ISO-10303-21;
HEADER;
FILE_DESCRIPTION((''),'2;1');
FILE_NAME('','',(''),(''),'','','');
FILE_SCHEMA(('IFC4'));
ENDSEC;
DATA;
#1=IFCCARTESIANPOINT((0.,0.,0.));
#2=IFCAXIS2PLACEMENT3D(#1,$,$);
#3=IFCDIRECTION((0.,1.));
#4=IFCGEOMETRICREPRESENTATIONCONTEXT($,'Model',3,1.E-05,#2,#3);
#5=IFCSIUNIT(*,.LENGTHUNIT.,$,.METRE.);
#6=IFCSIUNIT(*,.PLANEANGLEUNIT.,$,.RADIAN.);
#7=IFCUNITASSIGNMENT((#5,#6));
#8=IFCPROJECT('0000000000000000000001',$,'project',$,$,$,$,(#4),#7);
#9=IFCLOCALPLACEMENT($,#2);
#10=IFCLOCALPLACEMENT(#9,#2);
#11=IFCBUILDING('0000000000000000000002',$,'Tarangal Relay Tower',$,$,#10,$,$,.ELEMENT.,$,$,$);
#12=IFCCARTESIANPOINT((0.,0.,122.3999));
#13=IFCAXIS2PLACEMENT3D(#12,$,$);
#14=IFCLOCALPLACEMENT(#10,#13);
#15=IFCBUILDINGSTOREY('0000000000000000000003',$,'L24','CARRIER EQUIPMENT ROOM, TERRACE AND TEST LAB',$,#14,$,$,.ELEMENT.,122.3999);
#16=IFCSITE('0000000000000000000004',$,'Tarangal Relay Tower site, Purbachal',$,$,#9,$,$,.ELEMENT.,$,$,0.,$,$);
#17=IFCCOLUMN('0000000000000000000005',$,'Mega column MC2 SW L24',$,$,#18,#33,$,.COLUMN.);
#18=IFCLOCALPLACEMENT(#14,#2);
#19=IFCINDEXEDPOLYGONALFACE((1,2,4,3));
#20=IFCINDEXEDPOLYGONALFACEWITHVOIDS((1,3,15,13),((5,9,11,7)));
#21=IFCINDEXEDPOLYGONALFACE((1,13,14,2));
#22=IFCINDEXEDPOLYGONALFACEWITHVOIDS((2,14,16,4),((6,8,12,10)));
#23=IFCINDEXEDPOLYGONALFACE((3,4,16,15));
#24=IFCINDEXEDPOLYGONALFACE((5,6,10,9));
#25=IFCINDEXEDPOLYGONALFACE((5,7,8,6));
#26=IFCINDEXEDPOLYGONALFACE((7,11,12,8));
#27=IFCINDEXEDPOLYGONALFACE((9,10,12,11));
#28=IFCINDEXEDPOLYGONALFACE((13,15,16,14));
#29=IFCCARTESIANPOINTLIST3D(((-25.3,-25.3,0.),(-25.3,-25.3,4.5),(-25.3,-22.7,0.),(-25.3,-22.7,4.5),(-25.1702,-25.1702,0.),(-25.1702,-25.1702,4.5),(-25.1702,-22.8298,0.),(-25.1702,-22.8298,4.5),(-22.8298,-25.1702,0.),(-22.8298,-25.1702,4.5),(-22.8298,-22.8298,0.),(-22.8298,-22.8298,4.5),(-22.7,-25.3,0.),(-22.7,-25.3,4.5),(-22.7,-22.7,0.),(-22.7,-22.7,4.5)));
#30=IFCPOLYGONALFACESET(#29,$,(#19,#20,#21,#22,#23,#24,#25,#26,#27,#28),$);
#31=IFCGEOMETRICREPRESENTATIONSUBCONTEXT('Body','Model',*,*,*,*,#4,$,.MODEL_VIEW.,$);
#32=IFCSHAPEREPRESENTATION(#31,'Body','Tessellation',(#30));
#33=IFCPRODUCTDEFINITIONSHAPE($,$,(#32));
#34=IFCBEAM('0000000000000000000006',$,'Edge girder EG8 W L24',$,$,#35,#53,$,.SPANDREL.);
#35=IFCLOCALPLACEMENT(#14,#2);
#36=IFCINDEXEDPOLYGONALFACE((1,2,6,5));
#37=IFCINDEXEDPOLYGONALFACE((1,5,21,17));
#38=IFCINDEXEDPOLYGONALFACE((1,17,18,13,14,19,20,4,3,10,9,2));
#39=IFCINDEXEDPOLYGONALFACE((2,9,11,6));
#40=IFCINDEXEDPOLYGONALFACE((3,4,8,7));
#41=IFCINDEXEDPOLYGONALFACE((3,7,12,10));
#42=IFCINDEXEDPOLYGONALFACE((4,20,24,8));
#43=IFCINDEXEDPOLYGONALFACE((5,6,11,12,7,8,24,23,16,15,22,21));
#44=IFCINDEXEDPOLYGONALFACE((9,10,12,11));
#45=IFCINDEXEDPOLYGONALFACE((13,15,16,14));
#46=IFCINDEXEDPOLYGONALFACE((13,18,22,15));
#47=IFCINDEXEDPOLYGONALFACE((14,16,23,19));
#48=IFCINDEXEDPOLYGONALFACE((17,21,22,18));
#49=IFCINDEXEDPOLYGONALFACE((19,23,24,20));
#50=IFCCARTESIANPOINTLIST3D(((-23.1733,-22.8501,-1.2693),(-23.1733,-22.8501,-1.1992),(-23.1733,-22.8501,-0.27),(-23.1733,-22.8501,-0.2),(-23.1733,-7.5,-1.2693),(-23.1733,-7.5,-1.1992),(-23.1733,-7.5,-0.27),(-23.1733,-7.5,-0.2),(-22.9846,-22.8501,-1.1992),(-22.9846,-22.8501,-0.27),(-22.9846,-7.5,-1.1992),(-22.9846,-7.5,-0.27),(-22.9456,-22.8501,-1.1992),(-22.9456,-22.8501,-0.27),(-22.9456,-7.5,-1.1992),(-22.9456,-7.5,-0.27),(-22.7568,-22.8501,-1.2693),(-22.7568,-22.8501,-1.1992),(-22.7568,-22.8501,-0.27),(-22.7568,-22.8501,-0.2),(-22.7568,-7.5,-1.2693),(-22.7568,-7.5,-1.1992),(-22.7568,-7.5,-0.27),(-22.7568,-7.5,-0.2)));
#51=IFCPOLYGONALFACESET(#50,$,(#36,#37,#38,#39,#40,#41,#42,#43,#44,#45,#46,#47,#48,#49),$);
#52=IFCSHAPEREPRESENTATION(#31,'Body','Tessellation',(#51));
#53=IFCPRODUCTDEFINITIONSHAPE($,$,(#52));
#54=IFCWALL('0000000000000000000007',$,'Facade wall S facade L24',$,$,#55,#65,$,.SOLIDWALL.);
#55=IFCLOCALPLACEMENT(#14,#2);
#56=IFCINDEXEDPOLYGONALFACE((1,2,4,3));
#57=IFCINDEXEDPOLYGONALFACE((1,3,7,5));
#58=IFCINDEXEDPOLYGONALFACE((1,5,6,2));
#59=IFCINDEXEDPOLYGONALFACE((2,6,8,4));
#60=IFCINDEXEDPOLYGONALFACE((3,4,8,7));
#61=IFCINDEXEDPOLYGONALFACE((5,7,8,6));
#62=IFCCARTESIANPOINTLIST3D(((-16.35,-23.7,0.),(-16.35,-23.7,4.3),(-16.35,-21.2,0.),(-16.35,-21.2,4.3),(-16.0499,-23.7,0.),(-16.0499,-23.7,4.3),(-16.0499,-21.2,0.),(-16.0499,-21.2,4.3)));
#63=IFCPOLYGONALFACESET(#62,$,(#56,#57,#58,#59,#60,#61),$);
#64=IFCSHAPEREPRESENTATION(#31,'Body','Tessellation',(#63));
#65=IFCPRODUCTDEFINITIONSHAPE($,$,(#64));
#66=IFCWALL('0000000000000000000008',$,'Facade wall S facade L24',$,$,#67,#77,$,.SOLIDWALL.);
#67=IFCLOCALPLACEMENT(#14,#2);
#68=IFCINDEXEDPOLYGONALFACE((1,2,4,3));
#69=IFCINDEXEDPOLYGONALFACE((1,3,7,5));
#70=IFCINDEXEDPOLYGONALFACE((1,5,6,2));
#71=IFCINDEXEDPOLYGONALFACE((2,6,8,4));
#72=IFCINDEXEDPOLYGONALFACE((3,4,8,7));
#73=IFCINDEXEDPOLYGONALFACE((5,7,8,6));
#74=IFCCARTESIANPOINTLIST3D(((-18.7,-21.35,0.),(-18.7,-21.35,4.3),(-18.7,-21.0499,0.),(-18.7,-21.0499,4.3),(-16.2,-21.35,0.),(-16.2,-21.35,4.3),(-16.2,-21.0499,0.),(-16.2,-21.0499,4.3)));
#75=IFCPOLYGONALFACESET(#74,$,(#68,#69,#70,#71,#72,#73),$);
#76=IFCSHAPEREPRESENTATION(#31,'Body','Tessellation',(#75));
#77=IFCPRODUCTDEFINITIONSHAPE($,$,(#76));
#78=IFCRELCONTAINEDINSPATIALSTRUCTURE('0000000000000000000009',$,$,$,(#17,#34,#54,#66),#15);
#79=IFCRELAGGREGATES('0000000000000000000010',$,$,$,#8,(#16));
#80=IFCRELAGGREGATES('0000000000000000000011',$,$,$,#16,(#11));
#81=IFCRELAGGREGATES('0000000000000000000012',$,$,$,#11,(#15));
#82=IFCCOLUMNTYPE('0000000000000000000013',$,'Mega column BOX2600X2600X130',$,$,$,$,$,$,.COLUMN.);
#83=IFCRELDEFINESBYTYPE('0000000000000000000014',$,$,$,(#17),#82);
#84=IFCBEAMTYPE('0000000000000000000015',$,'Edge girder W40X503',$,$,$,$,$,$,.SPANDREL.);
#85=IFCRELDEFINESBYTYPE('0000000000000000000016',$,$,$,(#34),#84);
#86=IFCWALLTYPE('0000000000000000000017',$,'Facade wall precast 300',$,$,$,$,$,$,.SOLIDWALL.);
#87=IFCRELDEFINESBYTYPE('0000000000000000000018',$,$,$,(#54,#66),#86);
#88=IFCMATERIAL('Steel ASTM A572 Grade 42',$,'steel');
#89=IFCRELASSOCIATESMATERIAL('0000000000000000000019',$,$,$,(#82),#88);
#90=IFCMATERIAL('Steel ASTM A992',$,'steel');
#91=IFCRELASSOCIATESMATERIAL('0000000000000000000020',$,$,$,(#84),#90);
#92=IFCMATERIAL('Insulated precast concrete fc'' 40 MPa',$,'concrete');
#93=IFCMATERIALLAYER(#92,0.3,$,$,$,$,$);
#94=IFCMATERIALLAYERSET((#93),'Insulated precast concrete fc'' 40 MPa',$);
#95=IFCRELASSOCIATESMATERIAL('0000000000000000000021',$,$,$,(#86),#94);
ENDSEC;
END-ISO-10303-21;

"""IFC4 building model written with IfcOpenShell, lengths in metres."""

from ifc_helpers import new_model, si_unit, direction, frame, frame_2d, origin, origin_2d, place, context, subcontext, project, spatial, rectangle, hollow_rectangle, i_section, extrude, material, layer, layer_set, material_profile, profile_set, type_object, element, save


model = new_model("IFC4")

# Units and contexts
model_context = context("Model", 3, precision=1e-05, world=origin(), true_north=direction((0.0, 1.0)))
body_context = subcontext(model_context, "Body", "Model", "MODEL_VIEW")
ifc_project = project(units=[si_unit("LENGTHUNIT", "METRE"), si_unit("PLANEANGLEUNIT", "RADIAN")], contexts=[model_context])

# Site, building, storey
site_placement = place(None, origin())
site = spatial("IfcSite", under=ifc_project, at=site_placement, Name="Tarangal Relay Tower site, Purbachal", CompositionType="ELEMENT", RefElevation=0.0)
building_placement = place(site_placement, origin())
building = spatial("IfcBuilding", under=site, at=building_placement, Name="Tarangal Relay Tower", CompositionType="ELEMENT")
storey_placement = place(building_placement, frame((0.0, 0.0, 122.3999)))
storey = spatial("IfcBuildingStorey", under=building, at=storey_placement, Name="L24", Description="CARRIER EQUIPMENT ROOM, TERRACE AND TEST LAB", CompositionType="ELEMENT", Elevation=122.3999)

# Column
ifc_material_1 = material(Name="Steel ASTM A572 Grade 42", Category="steel")
ifc_material_profile_1 = material_profile(ifc_material_1, hollow_rectangle(XDim=2.6001, YDim=2.6001, WallThickness=0.1299, at=origin_2d()), Name="BOX2600X2600X130")
ifc_profile_set_1 = profile_set([ifc_material_profile_1], Name="Steel ASTM A572 Grade 42")
column_type = type_object("IfcColumnType", Name="Mega column BOX2600X2600X130", PredefinedType="COLUMN", material=ifc_profile_set_1)
column_placement = place(storey_placement, frame((-24.0, -24.0, 0.0), z_axis=(0.0, 0.0, 1.0), x_axis=(1.0, 0.0, 0.0)))
element("IfcColumn", 1, at=column_placement, inside=storey, type_object=column_type, Name="Mega column MC2 SW L24", PredefinedType="COLUMN", context=body_context, shape_type="SweptSolid", body=[
    extrude(hollow_rectangle(XDim=2.6001, YDim=2.6001, WallThickness=0.1299, at=origin_2d()), origin(), (0.0, 0.0, 1.0), 4.5),
])

# Beam
ifc_material_2 = material(Name="Steel ASTM A992", Category="steel")
ifc_material_profile_2 = material_profile(ifc_material_2, i_section(OverallWidth=0.4165, OverallDepth=1.0693, WebThickness=0.0391, FlangeThickness=0.0701, at=origin_2d()), Name="W40X503")
ifc_profile_set_2 = profile_set([ifc_material_profile_2], Name="Steel ASTM A992")
beam_type = type_object("IfcBeamType", Name="Edge girder W40X503", PredefinedType="SPANDREL", material=ifc_profile_set_2)
beam_placement = place(storey_placement, frame((-22.9651, -22.8501, -0.7346), z_axis=(0.0, 1.0, 0.0), x_axis=(-1.0, 0.0, 0.0)))
element("IfcBeam", 2, at=beam_placement, inside=storey, type_object=beam_type, Name="Edge girder EG8 W L24", PredefinedType="SPANDREL", context=body_context, shape_type="SweptSolid", body=[
    extrude(i_section(OverallWidth=0.4165, OverallDepth=1.0693, WebThickness=0.0391, FlangeThickness=0.0701, at=origin_2d()), origin(), (0.0, 0.0, 1.0), 15.3501),
])

# Walls
ifc_material_3 = material(Name="Insulated precast concrete fc' 40 MPa", Category="concrete")
ifc_layer = layer(ifc_material_3, 0.3)
ifc_layer_set = layer_set([ifc_layer], Name="Insulated precast concrete fc' 40 MPa")
wall_type = type_object("IfcWallType", Name="Facade wall precast 300", PredefinedType="SOLIDWALL", material=ifc_layer_set)
for number, where, z_axis, x_axis, name in (
    (3, (-16.2, -23.7, 0.0), (0.0, 0.0, 1.0), (0.0, 1.0, 0.0), "Facade wall S facade L24"),
    (4, (-16.2, -21.2, 0.0), (0.0, 0.0, 1.0), (-1.0, 0.0, 0.0), "Facade wall S facade L24"),
):
    element("IfcWall", number, at=place(storey_placement, frame(where, z_axis=z_axis, x_axis=x_axis)), inside=storey, type_object=wall_type, Name=name, PredefinedType="SOLIDWALL", context=body_context, shape_type="SweptSolid", body=[
        extrude(rectangle(XDim=2.5, YDim=0.3, at=frame_2d((1.25, 0.0))), origin(), (0.0, 0.0, 1.0), 4.3),
    ])

save(model, "model.ifc")
